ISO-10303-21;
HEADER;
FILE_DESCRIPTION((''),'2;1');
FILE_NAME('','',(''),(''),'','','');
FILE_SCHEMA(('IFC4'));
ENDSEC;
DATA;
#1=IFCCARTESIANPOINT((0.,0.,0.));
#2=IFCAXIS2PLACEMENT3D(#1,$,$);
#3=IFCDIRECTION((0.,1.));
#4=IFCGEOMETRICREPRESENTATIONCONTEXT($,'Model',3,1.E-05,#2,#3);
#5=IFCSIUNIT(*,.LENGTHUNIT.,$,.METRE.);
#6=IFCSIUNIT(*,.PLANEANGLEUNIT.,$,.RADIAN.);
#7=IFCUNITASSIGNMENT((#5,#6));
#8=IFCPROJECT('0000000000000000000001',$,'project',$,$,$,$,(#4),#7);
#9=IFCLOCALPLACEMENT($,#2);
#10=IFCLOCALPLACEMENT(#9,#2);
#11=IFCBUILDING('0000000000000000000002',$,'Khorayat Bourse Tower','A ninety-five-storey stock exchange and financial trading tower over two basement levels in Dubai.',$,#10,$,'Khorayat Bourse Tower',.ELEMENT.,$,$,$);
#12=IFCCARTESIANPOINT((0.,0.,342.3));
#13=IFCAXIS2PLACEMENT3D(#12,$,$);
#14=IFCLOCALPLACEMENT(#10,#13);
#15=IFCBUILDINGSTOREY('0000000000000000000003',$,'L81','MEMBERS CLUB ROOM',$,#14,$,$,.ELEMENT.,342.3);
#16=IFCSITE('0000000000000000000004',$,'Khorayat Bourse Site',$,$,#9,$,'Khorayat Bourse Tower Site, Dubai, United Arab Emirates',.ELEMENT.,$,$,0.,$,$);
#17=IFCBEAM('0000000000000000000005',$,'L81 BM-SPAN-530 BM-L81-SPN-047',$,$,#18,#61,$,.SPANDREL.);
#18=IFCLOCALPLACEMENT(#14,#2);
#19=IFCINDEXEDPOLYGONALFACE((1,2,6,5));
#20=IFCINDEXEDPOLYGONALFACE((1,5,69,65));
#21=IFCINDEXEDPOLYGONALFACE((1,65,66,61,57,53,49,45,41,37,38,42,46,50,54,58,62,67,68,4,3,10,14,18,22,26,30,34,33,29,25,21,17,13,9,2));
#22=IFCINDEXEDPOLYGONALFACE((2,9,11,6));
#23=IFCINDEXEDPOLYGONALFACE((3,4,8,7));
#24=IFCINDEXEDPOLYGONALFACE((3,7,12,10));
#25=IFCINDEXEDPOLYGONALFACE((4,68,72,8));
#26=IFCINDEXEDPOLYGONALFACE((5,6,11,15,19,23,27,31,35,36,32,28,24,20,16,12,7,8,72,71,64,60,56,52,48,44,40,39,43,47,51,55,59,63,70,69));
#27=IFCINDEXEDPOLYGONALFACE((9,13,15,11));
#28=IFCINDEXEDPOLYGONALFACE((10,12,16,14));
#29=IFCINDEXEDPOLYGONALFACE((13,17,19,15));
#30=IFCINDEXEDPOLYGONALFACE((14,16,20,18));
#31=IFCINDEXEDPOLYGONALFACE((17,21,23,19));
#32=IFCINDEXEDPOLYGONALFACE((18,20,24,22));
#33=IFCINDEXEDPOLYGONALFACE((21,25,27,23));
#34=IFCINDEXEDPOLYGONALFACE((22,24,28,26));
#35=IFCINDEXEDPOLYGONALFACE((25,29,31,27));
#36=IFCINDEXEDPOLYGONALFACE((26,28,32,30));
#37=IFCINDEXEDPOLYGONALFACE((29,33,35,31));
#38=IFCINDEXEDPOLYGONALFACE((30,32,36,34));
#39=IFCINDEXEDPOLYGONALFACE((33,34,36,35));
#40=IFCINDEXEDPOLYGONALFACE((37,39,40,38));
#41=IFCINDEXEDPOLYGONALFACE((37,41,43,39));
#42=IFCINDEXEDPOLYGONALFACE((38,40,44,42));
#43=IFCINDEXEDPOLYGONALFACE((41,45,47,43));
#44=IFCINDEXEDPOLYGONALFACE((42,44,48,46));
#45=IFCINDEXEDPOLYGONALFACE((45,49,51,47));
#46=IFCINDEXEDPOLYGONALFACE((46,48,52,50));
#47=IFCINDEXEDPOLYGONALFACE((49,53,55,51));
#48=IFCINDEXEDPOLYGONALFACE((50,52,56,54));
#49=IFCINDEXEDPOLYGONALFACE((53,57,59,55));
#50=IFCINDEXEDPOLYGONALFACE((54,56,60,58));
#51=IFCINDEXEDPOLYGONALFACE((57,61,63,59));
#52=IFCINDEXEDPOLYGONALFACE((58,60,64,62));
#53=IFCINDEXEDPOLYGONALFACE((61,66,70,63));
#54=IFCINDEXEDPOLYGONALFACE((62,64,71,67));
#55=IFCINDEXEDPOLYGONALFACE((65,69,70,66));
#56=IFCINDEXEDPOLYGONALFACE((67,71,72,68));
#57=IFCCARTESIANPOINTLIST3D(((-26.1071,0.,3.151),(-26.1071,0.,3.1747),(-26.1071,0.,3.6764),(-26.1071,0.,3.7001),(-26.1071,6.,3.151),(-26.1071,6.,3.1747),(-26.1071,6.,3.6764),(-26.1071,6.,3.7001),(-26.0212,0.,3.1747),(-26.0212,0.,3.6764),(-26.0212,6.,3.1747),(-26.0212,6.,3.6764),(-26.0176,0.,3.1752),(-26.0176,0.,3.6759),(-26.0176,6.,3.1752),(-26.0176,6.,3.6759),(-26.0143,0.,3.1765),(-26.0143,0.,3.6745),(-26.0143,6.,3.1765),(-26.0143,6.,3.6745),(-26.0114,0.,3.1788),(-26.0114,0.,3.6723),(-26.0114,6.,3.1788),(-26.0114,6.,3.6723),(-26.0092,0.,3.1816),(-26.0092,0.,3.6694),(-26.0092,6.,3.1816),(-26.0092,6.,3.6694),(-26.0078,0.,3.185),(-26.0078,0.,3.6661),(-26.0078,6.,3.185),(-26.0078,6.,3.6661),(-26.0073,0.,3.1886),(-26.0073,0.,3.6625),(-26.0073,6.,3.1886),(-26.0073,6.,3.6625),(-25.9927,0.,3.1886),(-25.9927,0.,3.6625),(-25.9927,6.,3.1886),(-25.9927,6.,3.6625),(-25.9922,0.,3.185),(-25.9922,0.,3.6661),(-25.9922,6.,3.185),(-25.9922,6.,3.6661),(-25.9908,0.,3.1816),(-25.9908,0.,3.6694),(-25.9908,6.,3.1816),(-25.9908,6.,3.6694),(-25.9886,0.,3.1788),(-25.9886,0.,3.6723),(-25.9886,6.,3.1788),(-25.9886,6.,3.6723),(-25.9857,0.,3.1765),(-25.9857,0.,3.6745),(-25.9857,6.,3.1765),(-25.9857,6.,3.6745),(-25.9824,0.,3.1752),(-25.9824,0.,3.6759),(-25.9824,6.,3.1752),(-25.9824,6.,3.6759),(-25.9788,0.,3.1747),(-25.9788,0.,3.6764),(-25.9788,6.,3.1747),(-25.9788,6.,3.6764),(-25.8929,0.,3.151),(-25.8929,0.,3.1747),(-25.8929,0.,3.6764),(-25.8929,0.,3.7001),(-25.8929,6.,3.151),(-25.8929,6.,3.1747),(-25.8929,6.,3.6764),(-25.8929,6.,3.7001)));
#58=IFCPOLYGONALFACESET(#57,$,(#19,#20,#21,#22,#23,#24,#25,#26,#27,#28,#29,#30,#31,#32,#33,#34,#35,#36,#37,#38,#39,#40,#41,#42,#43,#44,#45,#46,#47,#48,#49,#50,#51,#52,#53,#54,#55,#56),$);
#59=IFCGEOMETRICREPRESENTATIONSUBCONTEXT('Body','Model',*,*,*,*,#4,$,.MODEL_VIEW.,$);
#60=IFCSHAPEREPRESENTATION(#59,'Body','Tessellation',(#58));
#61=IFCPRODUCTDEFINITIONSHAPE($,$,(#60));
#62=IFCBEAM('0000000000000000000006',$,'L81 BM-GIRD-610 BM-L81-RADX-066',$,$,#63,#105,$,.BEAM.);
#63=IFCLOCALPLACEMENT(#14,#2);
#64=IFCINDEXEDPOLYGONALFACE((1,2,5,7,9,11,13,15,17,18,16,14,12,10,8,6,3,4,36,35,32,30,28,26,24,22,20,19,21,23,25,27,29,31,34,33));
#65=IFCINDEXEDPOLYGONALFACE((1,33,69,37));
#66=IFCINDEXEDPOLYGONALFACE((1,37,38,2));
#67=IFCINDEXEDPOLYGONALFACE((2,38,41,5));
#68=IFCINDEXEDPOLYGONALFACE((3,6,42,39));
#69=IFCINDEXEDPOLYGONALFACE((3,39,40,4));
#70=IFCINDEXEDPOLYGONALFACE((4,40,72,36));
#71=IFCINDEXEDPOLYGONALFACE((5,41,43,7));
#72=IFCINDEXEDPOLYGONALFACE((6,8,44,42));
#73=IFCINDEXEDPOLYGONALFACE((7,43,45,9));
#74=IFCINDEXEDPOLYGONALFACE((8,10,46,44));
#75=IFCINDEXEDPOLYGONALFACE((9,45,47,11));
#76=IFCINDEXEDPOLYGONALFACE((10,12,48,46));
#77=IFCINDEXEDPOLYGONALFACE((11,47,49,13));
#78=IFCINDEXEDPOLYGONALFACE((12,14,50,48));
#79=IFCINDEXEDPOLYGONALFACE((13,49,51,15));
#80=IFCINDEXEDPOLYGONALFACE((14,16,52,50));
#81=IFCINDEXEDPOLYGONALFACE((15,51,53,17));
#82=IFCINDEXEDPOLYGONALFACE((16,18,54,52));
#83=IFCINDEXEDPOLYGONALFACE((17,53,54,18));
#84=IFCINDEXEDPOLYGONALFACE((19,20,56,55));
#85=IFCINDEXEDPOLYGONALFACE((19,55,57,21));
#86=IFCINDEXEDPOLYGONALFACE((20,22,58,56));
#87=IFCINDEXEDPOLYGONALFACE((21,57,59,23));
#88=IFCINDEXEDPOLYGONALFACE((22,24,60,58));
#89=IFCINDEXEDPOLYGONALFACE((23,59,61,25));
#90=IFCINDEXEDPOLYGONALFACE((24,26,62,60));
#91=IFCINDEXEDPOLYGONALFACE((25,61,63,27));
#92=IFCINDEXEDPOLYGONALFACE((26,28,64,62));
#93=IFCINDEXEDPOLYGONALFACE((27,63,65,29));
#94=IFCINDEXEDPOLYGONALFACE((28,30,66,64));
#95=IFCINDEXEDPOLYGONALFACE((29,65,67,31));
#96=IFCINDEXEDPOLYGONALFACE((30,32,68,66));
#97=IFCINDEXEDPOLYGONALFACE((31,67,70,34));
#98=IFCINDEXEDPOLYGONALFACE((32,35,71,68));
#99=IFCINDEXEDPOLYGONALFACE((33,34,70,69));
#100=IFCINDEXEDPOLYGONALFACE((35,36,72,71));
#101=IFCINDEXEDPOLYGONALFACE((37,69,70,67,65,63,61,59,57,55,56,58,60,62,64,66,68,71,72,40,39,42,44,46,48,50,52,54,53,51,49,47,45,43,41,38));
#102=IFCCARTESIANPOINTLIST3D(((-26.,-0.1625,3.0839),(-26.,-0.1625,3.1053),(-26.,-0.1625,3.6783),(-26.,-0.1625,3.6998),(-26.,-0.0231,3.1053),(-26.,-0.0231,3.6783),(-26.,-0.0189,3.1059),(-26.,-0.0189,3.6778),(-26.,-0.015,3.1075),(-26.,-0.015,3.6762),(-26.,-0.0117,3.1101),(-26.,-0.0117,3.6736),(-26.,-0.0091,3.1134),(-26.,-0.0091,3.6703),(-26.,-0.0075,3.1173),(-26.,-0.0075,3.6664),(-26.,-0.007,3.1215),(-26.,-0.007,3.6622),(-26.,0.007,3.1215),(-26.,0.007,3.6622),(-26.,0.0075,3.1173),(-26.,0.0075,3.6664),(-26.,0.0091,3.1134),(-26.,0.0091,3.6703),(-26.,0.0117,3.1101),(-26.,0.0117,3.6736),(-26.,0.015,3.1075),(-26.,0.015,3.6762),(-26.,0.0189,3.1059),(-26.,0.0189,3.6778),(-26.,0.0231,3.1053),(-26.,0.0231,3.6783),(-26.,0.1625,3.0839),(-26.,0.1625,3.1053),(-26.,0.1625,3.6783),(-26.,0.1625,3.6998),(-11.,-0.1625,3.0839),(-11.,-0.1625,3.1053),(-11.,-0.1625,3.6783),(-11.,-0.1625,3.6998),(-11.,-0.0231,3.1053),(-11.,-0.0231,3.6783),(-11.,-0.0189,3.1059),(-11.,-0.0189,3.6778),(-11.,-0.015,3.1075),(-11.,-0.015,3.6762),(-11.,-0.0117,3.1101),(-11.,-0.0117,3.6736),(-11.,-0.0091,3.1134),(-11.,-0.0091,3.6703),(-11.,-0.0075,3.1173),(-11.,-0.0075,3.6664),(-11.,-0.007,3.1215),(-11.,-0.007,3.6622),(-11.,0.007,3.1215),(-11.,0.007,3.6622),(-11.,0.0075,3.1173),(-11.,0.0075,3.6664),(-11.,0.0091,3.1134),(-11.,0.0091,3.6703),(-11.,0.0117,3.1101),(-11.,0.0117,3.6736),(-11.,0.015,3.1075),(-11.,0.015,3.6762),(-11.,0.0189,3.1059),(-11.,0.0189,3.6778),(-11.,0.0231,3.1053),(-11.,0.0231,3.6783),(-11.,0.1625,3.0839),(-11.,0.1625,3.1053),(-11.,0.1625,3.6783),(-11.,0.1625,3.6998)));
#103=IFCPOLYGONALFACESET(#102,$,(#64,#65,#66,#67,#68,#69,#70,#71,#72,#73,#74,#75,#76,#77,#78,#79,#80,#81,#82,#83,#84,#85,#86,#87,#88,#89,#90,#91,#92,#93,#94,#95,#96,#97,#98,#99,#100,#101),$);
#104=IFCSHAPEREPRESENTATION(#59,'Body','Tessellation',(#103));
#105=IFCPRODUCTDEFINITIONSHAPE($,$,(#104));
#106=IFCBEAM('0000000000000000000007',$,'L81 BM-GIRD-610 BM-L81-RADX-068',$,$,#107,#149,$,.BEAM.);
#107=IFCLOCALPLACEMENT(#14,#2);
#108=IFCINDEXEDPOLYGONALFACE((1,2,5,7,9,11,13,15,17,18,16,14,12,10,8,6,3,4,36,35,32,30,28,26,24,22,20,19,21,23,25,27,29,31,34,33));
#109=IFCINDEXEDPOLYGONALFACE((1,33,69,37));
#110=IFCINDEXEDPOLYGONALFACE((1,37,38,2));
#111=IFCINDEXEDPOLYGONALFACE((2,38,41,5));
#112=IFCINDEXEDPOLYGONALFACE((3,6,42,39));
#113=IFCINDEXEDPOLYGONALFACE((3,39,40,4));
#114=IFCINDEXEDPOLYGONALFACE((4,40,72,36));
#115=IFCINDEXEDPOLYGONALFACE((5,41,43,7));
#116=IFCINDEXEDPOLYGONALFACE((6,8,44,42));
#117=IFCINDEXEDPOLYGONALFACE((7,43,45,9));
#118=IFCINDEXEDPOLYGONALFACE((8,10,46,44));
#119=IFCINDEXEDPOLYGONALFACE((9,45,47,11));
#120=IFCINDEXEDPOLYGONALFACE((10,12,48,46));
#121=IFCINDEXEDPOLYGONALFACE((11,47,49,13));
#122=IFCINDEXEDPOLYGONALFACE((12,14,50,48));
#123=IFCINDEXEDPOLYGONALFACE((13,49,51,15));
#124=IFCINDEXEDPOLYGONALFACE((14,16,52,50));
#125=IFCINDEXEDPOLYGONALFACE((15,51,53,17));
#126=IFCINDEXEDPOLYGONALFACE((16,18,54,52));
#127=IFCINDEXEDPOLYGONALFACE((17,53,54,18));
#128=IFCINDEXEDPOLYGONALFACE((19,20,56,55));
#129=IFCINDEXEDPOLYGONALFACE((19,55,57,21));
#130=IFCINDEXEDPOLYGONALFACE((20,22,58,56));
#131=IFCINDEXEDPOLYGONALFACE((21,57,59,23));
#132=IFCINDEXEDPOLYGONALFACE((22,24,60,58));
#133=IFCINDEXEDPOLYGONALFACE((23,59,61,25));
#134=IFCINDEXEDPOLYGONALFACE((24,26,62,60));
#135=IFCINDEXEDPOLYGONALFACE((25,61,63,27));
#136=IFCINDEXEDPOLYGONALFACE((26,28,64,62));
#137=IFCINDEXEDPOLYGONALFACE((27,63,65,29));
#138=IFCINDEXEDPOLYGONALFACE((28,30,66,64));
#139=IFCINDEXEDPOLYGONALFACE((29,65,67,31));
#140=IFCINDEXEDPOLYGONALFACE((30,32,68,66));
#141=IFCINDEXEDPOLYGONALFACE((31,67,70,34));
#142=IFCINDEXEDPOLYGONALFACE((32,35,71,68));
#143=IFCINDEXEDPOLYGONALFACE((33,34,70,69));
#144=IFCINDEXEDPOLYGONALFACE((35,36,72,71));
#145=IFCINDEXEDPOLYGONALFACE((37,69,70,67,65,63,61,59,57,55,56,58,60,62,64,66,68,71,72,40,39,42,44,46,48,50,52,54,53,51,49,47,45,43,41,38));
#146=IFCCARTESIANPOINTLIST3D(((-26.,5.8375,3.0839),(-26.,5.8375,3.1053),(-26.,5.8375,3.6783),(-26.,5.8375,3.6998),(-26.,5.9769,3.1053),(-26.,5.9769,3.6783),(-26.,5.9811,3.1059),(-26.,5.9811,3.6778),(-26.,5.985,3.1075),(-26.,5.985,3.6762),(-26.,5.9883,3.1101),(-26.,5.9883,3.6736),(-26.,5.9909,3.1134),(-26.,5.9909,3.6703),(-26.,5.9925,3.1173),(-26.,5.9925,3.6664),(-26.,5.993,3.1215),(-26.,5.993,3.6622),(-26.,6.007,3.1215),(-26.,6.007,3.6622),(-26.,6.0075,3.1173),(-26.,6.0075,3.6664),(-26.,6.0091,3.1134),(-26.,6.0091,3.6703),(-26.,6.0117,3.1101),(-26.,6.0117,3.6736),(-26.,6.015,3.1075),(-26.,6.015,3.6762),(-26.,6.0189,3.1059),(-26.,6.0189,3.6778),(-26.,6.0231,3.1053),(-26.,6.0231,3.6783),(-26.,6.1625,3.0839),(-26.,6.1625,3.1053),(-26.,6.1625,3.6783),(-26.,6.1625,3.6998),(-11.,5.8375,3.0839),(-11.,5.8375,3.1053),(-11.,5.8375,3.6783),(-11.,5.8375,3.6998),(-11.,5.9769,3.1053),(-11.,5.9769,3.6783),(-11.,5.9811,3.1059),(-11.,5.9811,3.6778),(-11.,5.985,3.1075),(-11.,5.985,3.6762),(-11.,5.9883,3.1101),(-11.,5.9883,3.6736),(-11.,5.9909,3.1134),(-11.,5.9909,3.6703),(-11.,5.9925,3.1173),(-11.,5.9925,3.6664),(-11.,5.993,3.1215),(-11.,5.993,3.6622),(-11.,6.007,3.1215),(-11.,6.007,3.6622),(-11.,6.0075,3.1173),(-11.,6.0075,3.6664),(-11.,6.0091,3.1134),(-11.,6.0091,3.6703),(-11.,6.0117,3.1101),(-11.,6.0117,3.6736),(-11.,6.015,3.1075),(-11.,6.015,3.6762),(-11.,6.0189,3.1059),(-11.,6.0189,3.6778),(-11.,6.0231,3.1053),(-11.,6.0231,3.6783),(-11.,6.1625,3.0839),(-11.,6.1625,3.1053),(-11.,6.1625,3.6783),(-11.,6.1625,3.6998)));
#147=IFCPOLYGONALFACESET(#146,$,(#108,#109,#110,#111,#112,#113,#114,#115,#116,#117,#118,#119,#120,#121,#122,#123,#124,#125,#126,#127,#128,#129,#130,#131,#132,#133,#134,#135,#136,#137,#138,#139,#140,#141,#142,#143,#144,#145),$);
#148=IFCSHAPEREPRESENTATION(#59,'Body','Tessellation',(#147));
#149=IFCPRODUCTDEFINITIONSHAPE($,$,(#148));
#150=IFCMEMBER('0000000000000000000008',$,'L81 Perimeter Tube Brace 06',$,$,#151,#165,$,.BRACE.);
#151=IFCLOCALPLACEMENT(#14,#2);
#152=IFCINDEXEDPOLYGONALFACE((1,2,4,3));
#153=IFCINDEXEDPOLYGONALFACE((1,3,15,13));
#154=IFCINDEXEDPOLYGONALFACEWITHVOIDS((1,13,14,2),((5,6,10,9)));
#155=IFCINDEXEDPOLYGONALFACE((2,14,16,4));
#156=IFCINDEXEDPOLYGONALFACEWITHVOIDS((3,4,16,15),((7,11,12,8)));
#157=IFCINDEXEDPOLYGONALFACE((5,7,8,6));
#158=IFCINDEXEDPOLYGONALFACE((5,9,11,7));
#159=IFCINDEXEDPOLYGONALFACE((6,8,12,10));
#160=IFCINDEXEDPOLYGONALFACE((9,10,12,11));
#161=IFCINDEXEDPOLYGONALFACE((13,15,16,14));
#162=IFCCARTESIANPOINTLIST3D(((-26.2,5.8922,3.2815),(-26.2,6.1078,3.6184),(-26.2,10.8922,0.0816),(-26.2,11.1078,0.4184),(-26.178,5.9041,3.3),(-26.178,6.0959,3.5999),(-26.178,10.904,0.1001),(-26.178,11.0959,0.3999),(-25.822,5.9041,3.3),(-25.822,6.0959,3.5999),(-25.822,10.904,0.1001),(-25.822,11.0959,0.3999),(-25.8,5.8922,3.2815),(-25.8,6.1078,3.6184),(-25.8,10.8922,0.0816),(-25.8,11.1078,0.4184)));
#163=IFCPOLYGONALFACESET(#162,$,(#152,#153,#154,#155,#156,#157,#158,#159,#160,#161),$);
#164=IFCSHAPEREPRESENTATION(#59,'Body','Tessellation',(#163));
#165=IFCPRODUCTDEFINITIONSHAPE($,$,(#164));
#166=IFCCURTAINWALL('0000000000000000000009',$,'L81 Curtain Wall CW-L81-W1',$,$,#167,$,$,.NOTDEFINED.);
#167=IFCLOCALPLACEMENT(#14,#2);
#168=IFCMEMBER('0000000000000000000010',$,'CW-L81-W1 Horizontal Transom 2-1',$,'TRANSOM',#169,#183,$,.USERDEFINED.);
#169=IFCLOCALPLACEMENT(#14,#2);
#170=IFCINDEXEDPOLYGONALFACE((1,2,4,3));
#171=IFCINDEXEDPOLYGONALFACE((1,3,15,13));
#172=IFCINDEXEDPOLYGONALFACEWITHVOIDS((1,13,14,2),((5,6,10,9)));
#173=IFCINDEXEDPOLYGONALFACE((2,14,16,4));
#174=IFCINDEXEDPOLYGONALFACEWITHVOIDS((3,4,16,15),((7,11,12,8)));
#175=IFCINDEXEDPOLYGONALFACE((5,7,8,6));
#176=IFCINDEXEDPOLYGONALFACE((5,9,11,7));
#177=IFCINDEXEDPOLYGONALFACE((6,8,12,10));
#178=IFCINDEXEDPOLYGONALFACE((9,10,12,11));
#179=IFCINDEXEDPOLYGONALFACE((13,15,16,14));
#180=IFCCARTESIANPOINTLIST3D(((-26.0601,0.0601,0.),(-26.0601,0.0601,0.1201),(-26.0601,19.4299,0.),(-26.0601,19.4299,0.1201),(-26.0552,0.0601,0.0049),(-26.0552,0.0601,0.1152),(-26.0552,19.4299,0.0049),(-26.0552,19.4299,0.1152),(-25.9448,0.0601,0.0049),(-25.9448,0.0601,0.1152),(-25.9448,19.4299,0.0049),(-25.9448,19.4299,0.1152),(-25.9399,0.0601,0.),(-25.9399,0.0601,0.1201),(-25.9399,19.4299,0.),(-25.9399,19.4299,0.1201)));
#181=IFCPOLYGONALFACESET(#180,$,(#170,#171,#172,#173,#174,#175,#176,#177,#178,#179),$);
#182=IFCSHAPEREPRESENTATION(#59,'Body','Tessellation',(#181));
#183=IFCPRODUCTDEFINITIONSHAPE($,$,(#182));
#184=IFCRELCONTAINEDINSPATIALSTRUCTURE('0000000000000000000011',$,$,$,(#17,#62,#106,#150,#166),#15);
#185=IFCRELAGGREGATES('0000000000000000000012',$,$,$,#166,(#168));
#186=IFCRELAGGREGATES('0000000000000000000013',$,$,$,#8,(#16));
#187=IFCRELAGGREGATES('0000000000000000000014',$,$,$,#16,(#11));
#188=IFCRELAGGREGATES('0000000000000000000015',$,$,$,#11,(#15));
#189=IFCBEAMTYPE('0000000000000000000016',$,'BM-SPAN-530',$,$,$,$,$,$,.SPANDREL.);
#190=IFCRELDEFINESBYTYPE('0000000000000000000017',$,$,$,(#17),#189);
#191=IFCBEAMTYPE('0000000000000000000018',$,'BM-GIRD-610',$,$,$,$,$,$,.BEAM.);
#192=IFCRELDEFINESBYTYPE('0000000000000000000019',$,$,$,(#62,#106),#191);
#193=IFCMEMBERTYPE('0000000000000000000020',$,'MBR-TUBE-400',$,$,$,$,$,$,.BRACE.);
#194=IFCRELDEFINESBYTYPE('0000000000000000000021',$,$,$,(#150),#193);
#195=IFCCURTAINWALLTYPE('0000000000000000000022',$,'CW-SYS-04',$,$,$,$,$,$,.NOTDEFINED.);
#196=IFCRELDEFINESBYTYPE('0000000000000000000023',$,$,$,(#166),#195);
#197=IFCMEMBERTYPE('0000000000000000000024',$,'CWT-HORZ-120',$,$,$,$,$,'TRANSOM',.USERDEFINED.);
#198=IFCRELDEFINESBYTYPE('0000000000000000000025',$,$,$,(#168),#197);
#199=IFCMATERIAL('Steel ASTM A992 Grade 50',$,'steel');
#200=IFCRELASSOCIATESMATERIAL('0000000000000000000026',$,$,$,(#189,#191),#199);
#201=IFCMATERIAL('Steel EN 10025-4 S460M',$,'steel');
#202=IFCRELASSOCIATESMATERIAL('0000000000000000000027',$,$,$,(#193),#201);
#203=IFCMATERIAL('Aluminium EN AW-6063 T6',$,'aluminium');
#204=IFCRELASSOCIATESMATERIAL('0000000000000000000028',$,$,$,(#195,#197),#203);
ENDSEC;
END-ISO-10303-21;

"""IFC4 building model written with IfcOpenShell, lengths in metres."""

from ifc_helpers import new_model, si_unit, direction, frame, origin, origin_2d, place, context, subcontext, project, spatial, hollow_rectangle, i_section, extrude, source, transform, mapped, material, material_profile, profile_set, type_object, element, aggregate, save


model = new_model("IFC4")

# Units and contexts
model_context = context("Model", 3, precision=1e-05, world=origin(), true_north=direction((0.0, 1.0)))
body_context = subcontext(model_context, "Body", "Model", "MODEL_VIEW")
ifc_project = project(units=[si_unit("LENGTHUNIT", "METRE"), si_unit("PLANEANGLEUNIT", "RADIAN")], contexts=[model_context])

# Site, building, storey
site_placement = place(None, origin())
site = spatial("IfcSite", under=ifc_project, at=site_placement, Name="Khorayat Bourse Site", LongName="Khorayat Bourse Tower Site, Dubai, United Arab Emirates", CompositionType="ELEMENT", RefElevation=0.0)
building_placement = place(site_placement, origin())
building = spatial("IfcBuilding", under=site, at=building_placement, Name="Khorayat Bourse Tower", Description="A ninety-five-storey stock exchange and financial trading tower over two basement levels in Dubai.", LongName="Khorayat Bourse Tower", CompositionType="ELEMENT")
storey_placement = place(building_placement, frame((0.0, 0.0, 342.3)))
storey = spatial("IfcBuildingStorey", under=building, at=storey_placement, Name="L81", Description="MEMBERS CLUB ROOM", CompositionType="ELEMENT", Elevation=342.3)

# Beams
ifc_material_1 = material(Name="Steel ASTM A992 Grade 50", Category="steel")
ifc_material_profile_1 = material_profile(ifc_material_1, i_section(OverallWidth=0.2141, OverallDepth=0.5491, WebThickness=0.0146, FlangeThickness=0.0237, FilletRadius=0.0139, at=origin_2d()), Name="W530X138")
ifc_profile_set_1 = profile_set([ifc_material_profile_1], Name="Steel ASTM A992 Grade 50")
beam_type_1 = type_object("IfcBeamType", Name="BM-SPAN-530", PredefinedType="SPANDREL", material=ifc_profile_set_1)
shared_shape_1 = source(origin(), body_context, "Body", "SweptSolid", [
    extrude(i_section(OverallWidth=0.2141, OverallDepth=0.5491, WebThickness=0.0146, FlangeThickness=0.0237, FilletRadius=0.0139, at=origin_2d()), origin(), (0.0, 0.0, 1.0), 6.0),
])
beam_1_placement = place(storey_placement, frame((-26.0, 0.0, 3.4255), z_axis=(0.0, 1.0, 0.0), x_axis=(-1.0, 0.0, 0.0)))
element("IfcBeam", 1, at=beam_1_placement, inside=storey, type_object=beam_type_1, Name="L81 BM-SPAN-530 BM-L81-SPN-047", PredefinedType="SPANDREL", context=body_context, shape_type="MappedRepresentation", body=[
    mapped(shared_shape_1, transform((0.0, 0.0, 0.0), scale=1.0)),
])
ifc_material_profile_2 = material_profile(ifc_material_1, i_section(OverallWidth=0.325, OverallDepth=0.616, WebThickness=0.0139, FlangeThickness=0.0215, FilletRadius=0.0161, at=origin_2d()), Name="W610X174")
ifc_profile_set_2 = profile_set([ifc_material_profile_2], Name="Steel ASTM A992 Grade 50")
beam_type_2 = type_object("IfcBeamType", Name="BM-GIRD-610", PredefinedType="BEAM", material=ifc_profile_set_2)
shared_shape_2 = source(origin(), body_context, "Body", "SweptSolid", [
    extrude(i_section(OverallWidth=0.325, OverallDepth=0.616, WebThickness=0.0139, FlangeThickness=0.0215, FilletRadius=0.0161, at=origin_2d()), origin(), (0.0, 0.0, 1.0), 15.0),
])
for number, where, z_axis, x_axis, name in (
    (2, (-26.0, 0.0, 3.3918), (1.0, 0.0, 0.0), (0.0, 1.0, 0.0), "L81 BM-GIRD-610 BM-L81-RADX-066"),
    (3, (-26.0, 6.0, 3.3918), (1.0, 0.0, 0.0), (0.0, 1.0, 0.0), "L81 BM-GIRD-610 BM-L81-RADX-068"),
):
    element("IfcBeam", number, at=place(storey_placement, frame(where, z_axis=z_axis, x_axis=x_axis)), inside=storey, type_object=beam_type_2, Name=name, PredefinedType="BEAM", context=body_context, shape_type="MappedRepresentation", body=[
        mapped(shared_shape_2, transform((0.0, 0.0, 0.0), scale=1.0)),
    ])

# Member
ifc_material_2 = material(Name="Steel EN 10025-4 S460M", Category="steel")
ifc_material_profile_3 = material_profile(ifc_material_2, hollow_rectangle(XDim=0.3999, YDim=0.3999, WallThickness=0.022, at=origin_2d()), Name="HSS 400x400x22")
ifc_profile_set_3 = profile_set([ifc_material_profile_3], Name="Steel EN 10025-4 S460M")
member_type_1 = type_object("IfcMemberType", Name="MBR-TUBE-400", PredefinedType="BRACE", material=ifc_profile_set_3)
shared_shape_3 = source(origin(), body_context, "Body", "SweptSolid", [
    extrude(hollow_rectangle(XDim=0.3999, YDim=0.3999, WallThickness=0.022, at=origin_2d()), origin(), (0.0, 0.0, 1.0), 5.9363),
])
member_1_placement = place(storey_placement, frame((-26.0, 6.0, 3.45), z_axis=(0.0, 0.842275, -0.539048), x_axis=(-1.0, 0.0, 0.0)))
element("IfcMember", 4, at=member_1_placement, inside=storey, type_object=member_type_1, Name="L81 Perimeter Tube Brace 06", PredefinedType="BRACE", context=body_context, shape_type="MappedRepresentation", body=[
    mapped(shared_shape_3, transform((0.0, 0.0, 0.0), scale=1.0)),
])

# Curtain wall, member
ifc_material_3 = material(Name="Aluminium EN AW-6063 T6", Category="aluminium")
curtain_wall_type = type_object("IfcCurtainWallType", Name="CW-SYS-04", PredefinedType="NOTDEFINED", material=ifc_material_3)
curtain_wall_placement = place(storey_placement, origin())
curtain_wall = element("IfcCurtainWall", 5, at=curtain_wall_placement, inside=storey, type_object=curtain_wall_type, Name="L81 Curtain Wall CW-L81-W1", PredefinedType="NOTDEFINED")
ifc_material_profile_4 = material_profile(ifc_material_3, hollow_rectangle(XDim=0.1201, YDim=0.1201, WallThickness=0.0049, at=origin_2d()), Name="ALU 120x120x5")
ifc_profile_set_4 = profile_set([ifc_material_profile_4], Name="Aluminium EN AW-6063 T6")
member_type_2 = type_object("IfcMemberType", Name="CWT-HORZ-120", ElementType="TRANSOM", PredefinedType="USERDEFINED", material=ifc_profile_set_4)
shared_shape_4 = source(origin(), body_context, "Body", "SweptSolid", [
    extrude(hollow_rectangle(XDim=0.1201, YDim=0.1201, WallThickness=0.0049, at=origin_2d()), origin(), (0.0, 0.0, 1.0), 19.3699),
])
member_2_placement = place(storey_placement, frame((-26.0, 0.0601, 0.0601), z_axis=(0.0, 1.0, 0.0), x_axis=(-1.0, 0.0, 0.0)))
member_2 = element("IfcMember", 6, at=member_2_placement, type_object=member_type_2, Name="CW-L81-W1 Horizontal Transom 2-1", ObjectType="TRANSOM", PredefinedType="USERDEFINED", context=body_context, shape_type="MappedRepresentation", body=[
    mapped(shared_shape_4, transform((0.0, 0.0, 0.0), scale=1.0)),
])

aggregate(curtain_wall, [member_2])

save(model, "model.ifc")
